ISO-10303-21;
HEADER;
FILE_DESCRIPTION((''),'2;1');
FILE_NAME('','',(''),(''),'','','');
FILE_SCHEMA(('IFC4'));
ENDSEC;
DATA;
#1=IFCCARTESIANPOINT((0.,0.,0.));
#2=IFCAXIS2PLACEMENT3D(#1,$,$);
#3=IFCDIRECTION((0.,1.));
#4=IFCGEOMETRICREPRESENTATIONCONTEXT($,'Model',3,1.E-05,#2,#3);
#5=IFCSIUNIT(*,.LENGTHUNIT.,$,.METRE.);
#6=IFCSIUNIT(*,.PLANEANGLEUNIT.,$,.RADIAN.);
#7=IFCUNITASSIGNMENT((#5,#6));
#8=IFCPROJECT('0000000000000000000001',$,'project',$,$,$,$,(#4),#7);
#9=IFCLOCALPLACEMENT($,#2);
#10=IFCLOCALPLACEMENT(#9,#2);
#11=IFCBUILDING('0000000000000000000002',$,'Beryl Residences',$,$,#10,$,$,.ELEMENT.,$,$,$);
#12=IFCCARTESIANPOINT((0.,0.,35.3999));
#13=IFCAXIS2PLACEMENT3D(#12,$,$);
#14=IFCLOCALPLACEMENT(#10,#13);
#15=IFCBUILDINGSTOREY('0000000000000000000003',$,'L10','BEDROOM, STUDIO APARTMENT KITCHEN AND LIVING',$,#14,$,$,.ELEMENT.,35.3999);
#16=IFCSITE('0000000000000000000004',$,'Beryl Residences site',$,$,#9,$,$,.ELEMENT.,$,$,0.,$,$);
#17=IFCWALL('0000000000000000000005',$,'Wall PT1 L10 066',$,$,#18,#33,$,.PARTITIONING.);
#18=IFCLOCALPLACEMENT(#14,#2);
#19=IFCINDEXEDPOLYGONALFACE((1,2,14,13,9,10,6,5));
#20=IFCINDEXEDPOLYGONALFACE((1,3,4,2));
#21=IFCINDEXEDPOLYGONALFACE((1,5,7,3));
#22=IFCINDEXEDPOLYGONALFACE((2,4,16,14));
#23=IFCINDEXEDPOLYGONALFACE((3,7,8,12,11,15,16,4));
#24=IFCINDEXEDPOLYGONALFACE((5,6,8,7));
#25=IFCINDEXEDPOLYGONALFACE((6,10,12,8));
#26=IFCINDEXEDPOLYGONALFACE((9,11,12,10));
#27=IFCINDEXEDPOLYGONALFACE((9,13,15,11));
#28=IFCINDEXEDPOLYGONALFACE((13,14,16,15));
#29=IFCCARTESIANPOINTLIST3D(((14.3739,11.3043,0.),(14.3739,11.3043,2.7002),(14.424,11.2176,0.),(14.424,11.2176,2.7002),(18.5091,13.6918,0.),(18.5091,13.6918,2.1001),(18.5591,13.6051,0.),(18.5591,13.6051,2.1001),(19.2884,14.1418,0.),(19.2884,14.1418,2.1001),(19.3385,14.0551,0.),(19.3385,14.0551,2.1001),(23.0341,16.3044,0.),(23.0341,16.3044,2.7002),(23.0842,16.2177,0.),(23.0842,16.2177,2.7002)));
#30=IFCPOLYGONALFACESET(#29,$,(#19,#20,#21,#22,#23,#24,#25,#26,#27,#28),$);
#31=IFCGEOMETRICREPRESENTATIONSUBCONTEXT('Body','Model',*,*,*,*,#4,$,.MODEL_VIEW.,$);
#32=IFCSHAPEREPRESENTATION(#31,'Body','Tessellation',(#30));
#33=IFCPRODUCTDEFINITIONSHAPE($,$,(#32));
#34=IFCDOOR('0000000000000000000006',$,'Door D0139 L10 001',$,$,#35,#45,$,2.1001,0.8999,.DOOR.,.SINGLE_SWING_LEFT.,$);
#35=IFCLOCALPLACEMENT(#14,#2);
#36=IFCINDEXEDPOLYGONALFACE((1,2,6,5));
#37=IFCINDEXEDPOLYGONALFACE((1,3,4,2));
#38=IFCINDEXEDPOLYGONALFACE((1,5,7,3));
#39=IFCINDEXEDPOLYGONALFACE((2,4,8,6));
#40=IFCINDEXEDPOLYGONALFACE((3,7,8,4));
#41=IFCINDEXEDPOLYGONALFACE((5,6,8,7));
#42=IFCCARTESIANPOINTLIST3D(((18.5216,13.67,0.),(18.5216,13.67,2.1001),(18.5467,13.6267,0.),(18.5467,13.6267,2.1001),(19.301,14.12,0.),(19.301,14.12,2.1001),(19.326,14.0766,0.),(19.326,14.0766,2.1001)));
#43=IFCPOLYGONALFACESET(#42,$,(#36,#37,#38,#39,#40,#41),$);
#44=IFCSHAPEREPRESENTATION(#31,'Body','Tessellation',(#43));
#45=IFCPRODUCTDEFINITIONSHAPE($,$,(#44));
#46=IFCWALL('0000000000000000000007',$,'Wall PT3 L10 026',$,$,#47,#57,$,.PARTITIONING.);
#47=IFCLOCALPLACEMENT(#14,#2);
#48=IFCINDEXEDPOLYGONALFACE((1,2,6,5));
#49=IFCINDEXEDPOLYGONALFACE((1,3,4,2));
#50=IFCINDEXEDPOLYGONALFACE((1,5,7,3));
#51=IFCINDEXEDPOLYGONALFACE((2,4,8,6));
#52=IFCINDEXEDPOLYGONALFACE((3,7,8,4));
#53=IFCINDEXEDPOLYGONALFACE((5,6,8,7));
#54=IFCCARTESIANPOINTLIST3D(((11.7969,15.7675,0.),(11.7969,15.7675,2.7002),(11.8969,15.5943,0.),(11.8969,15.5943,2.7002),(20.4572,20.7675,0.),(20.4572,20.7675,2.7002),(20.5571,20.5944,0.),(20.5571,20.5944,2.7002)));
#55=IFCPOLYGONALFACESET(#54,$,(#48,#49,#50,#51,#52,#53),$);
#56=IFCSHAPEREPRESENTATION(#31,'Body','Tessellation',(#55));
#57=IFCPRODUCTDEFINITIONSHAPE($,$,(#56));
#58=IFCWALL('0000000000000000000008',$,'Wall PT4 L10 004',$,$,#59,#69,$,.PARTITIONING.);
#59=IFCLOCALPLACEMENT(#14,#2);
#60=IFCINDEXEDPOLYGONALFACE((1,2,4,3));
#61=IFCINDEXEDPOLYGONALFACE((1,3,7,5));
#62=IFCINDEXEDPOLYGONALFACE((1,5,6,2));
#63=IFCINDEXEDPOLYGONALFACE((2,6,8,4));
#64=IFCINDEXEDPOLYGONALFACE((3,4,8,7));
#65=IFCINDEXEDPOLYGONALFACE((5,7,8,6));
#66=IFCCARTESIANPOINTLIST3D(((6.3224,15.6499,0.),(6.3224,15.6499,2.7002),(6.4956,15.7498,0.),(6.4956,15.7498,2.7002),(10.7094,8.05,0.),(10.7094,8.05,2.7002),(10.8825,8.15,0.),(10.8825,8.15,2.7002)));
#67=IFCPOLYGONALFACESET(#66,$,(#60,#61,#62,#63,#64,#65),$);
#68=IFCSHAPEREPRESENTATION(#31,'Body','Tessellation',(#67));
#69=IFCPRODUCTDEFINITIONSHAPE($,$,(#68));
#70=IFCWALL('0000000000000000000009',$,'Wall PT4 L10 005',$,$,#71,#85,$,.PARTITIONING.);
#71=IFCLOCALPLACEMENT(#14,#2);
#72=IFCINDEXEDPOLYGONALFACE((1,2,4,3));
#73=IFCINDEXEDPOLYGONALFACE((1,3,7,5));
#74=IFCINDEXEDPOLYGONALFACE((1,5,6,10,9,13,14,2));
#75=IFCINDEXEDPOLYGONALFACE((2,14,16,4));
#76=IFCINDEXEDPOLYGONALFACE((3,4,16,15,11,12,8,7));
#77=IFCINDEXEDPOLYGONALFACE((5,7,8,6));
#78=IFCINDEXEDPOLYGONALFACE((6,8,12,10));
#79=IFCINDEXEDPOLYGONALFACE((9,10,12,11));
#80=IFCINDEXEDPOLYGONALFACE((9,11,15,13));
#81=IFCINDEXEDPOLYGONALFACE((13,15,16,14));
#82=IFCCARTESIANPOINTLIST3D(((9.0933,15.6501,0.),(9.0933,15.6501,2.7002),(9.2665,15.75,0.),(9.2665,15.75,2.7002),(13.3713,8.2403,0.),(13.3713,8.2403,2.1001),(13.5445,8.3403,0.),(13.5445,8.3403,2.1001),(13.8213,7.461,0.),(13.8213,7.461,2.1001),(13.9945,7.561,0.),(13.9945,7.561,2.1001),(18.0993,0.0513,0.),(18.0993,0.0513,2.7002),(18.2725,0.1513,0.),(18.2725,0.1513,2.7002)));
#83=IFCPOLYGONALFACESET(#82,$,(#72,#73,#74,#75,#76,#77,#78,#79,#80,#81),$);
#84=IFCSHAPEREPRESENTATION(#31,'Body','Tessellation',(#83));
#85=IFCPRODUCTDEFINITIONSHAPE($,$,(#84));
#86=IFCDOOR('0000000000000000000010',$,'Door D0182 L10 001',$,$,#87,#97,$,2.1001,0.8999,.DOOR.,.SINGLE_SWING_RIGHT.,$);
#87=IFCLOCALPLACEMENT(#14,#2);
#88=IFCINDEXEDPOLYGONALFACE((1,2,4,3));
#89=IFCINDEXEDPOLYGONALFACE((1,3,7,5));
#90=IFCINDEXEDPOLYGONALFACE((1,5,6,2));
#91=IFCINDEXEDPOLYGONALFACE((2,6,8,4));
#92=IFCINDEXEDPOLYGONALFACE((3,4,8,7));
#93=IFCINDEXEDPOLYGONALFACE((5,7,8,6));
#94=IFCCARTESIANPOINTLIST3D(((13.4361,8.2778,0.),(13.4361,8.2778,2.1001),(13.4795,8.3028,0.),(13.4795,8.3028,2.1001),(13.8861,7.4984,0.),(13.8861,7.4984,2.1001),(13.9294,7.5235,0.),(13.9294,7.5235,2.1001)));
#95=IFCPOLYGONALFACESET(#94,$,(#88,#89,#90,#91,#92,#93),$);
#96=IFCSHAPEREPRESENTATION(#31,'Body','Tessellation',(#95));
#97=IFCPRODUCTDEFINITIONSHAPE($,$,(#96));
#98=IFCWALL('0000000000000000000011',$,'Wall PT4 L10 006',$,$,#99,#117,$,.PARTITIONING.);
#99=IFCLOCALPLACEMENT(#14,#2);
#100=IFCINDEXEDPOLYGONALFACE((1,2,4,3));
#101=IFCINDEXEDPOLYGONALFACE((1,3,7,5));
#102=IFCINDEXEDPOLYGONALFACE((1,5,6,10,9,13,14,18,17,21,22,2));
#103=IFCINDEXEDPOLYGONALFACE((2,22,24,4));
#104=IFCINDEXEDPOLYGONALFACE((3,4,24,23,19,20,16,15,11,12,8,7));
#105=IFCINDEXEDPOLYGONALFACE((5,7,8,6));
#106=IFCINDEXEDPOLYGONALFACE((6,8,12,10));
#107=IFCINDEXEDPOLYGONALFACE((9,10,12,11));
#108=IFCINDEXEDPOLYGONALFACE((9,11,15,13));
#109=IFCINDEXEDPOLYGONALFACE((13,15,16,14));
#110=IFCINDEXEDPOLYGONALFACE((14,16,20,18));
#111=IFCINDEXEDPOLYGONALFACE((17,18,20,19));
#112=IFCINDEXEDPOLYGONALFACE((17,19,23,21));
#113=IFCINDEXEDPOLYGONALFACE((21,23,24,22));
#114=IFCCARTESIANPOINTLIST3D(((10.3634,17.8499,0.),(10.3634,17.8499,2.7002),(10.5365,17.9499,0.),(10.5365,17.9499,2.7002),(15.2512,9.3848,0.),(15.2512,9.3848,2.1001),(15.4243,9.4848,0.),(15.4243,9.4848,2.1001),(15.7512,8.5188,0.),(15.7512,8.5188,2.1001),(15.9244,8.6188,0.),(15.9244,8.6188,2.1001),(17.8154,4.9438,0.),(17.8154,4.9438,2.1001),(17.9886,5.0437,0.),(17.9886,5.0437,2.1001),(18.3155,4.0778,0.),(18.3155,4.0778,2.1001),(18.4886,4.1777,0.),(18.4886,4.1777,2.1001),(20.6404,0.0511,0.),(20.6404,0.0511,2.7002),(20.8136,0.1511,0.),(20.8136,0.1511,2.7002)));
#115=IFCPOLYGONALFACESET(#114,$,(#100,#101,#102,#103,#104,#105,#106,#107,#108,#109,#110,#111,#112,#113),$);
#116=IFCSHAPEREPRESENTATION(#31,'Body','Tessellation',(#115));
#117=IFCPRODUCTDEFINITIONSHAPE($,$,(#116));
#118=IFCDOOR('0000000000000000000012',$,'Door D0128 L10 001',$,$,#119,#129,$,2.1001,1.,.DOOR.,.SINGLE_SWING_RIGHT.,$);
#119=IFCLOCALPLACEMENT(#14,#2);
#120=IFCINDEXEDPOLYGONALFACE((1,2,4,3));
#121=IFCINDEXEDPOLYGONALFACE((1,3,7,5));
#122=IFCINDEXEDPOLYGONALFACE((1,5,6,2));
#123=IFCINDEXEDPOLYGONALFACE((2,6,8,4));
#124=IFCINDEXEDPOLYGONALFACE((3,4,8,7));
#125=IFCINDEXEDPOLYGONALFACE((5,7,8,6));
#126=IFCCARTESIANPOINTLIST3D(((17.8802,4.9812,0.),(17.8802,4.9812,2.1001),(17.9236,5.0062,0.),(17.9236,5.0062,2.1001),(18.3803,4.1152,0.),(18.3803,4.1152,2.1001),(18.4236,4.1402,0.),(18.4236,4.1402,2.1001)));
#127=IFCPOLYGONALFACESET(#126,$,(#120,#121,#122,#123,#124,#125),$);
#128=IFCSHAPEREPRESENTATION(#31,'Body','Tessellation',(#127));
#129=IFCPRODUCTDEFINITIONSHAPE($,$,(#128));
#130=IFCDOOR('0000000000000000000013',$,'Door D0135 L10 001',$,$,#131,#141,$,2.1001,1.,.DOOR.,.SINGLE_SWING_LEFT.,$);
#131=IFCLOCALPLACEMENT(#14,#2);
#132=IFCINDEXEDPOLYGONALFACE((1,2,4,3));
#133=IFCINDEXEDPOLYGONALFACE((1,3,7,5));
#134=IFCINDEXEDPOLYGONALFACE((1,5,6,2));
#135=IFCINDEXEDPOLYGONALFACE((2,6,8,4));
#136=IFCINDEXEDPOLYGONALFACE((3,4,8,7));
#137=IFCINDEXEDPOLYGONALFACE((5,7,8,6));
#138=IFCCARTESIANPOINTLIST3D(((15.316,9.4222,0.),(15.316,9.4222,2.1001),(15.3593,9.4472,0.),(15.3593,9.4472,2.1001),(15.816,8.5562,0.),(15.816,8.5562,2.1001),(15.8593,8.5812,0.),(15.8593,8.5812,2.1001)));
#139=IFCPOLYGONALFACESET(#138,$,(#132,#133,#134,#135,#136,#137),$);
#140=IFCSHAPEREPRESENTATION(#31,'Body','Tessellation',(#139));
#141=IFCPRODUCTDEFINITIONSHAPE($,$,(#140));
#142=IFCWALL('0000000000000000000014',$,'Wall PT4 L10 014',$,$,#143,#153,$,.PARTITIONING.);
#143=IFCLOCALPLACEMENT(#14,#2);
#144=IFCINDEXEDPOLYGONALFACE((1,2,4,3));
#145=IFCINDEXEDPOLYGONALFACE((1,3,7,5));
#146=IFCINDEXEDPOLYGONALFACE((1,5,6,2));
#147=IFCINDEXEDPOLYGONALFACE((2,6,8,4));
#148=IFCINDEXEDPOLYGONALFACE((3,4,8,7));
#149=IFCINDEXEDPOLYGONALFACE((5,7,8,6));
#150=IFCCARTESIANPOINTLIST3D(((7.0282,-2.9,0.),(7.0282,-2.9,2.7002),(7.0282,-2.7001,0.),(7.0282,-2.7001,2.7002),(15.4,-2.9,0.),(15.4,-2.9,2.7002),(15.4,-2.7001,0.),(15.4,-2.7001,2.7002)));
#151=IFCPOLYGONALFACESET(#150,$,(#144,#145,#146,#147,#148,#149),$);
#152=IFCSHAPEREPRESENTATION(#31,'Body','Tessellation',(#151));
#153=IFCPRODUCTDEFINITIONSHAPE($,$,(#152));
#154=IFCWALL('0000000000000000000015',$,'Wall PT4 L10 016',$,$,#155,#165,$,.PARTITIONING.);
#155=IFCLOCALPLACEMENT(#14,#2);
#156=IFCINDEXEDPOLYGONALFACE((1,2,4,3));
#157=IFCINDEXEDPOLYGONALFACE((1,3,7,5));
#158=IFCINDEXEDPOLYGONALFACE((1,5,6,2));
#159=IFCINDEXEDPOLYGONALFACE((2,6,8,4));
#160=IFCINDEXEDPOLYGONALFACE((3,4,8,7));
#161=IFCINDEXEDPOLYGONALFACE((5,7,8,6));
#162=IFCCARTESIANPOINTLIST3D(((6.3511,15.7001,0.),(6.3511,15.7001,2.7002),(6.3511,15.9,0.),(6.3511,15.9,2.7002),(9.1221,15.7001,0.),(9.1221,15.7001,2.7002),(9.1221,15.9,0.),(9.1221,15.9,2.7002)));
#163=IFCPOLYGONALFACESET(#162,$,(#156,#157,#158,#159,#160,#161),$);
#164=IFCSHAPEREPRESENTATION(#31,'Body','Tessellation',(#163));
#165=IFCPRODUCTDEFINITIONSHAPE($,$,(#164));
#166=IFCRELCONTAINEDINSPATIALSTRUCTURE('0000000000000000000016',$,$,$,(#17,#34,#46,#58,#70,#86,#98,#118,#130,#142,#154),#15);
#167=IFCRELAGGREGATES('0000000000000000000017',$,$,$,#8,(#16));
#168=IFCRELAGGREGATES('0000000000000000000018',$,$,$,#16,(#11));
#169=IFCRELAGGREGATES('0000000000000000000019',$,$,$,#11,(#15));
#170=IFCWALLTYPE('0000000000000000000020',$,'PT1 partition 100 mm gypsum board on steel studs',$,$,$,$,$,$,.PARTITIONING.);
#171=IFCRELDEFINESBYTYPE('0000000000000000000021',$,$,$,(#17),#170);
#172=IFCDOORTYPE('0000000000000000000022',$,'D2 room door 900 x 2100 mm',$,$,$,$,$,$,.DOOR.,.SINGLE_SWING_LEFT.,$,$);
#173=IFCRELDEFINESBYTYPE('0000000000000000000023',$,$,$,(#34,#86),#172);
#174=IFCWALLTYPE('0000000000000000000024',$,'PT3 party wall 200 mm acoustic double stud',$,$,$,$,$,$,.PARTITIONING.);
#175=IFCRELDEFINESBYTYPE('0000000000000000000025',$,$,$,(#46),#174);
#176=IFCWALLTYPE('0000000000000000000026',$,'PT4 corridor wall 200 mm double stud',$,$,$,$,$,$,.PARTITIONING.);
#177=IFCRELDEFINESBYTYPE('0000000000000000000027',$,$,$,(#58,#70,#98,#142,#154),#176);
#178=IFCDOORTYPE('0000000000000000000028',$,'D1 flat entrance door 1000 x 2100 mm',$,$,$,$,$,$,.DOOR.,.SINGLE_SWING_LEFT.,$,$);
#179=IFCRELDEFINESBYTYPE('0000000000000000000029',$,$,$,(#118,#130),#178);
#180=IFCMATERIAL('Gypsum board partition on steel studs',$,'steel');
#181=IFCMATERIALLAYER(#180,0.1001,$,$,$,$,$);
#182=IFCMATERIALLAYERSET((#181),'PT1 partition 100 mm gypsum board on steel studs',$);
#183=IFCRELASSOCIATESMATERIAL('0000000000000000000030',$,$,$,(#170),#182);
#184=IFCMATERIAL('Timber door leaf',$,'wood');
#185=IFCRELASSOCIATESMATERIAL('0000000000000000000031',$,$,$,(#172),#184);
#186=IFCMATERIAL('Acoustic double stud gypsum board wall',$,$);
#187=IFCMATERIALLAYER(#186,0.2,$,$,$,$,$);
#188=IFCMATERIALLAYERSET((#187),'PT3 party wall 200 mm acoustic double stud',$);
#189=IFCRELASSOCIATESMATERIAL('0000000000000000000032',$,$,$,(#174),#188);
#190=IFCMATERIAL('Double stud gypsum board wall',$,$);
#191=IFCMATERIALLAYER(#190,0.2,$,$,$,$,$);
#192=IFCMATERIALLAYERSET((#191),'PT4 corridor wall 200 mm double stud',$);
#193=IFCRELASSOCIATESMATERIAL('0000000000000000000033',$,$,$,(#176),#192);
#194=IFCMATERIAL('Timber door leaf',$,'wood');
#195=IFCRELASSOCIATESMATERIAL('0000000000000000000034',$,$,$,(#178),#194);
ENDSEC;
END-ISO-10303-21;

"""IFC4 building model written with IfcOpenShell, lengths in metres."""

from ifc_helpers import new_model, si_unit, direction, frame, frame_2d, origin, place, context, subcontext, project, spatial, rectangle, extrude, material, layer, layer_set, type_object, element, fill, save


model = new_model("IFC4")

# Units and contexts
model_context = context("Model", 3, precision=1e-05, world=origin(), true_north=direction((0.0, 1.0)))
body_context = subcontext(model_context, "Body", "Model", "MODEL_VIEW")
ifc_project = project(units=[si_unit("LENGTHUNIT", "METRE"), si_unit("PLANEANGLEUNIT", "RADIAN")], contexts=[model_context])

# Site, building, storey
site_placement = place(None, origin())
site = spatial("IfcSite", under=ifc_project, at=site_placement, Name="Beryl Residences site", CompositionType="ELEMENT", RefElevation=0.0)
building_placement = place(site_placement, origin())
building = spatial("IfcBuilding", under=site, at=building_placement, Name="Beryl Residences", CompositionType="ELEMENT")
storey_placement = place(building_placement, frame((0.0, 0.0, 35.3999)))
storey = spatial("IfcBuildingStorey", under=building, at=storey_placement, Name="L10", Description="BEDROOM, STUDIO APARTMENT KITCHEN AND LIVING", CompositionType="ELEMENT", Elevation=35.3999)

# Wall, opening, door
ifc_material_1 = material(Name="Gypsum board partition on steel studs", Category="steel")
ifc_layer_1 = layer(ifc_material_1, 0.1001)
ifc_layer_set_1 = layer_set([ifc_layer_1], Name="PT1 partition 100 mm gypsum board on steel studs")
wall_type_1 = type_object("IfcWallType", Name="PT1 partition 100 mm gypsum board on steel studs", PredefinedType="PARTITIONING", material=ifc_layer_set_1)
wall_1_placement = place(storey_placement, frame((14.3989, 11.261, 0.0), z_axis=(0.0, 0.0, 1.0), x_axis=(0.866023, 0.500004, 0.0)))
wall_1 = element("IfcWall", 1, at=wall_1_placement, inside=storey, type_object=wall_type_1, Name="Wall PT1 L10 066", PredefinedType="PARTITIONING", context=body_context, shape_type="SweptSolid", body=[
    extrude(rectangle(XDim=10.0, YDim=0.1001, at=frame_2d((5.0, 0.0))), origin(), (0.0, 0.0, 1.0), 2.7002),
])
opening_1_placement = place(wall_1_placement, frame((4.7749, 0.0, 0.0)))
opening_1 = element("IfcOpeningElement", 2, at=opening_1_placement, cuts=wall_1, PredefinedType="OPENING", context=body_context, shape_type="SweptSolid", body=[
    extrude(rectangle(XDim=0.8999, YDim=2.1001, at=frame_2d((0.45, 1.05))), frame((0.0, 0.0601, 0.0), z_axis=(0.0, -1.0, 0.0), x_axis=(1.0, 0.0, 0.0)), (0.0, 0.0, 1.0), 0.1201),
])
ifc_material_2 = material(Name="Timber door leaf", Category="wood")
door_type_1 = type_object("IfcDoorType", Name="D2 room door 900 x 2100 mm", OperationType="SINGLE_SWING_LEFT", PredefinedType="DOOR", material=ifc_material_2)
door_1_placement = place(opening_1_placement, origin())
door_1 = element("IfcDoor", 3, at=door_1_placement, inside=storey, type_object=door_type_1, Name="Door D0139 L10 001", OperationType="SINGLE_SWING_LEFT", OverallHeight=2.1001, OverallWidth=0.8999, PredefinedType="DOOR", context=body_context, shape_type="SweptSolid", body=[
    extrude(rectangle(XDim=0.8999, YDim=2.1001, at=frame_2d((0.45, 1.05))), frame((0.0, 0.0249, 0.0), z_axis=(0.0, -1.0, 0.0), x_axis=(1.0, 0.0, 0.0)), (0.0, 0.0, 1.0), 0.05),
])
fill(opening_1, door_1)

# Walls
ifc_material_3 = material(Name="Acoustic double stud gypsum board wall")
ifc_layer_2 = layer(ifc_material_3, 0.2)
ifc_layer_set_2 = layer_set([ifc_layer_2], Name="PT3 party wall 200 mm acoustic double stud")
wall_type_2 = type_object("IfcWallType", Name="PT3 party wall 200 mm acoustic double stud", PredefinedType="PARTITIONING", material=ifc_layer_set_2)
wall_2_placement = place(storey_placement, frame((11.8469, 15.6809, 0.0), z_axis=(0.0, 0.0, 1.0), x_axis=(0.866023, 0.500004, 0.0)))
element("IfcWall", 4, at=wall_2_placement, inside=storey, type_object=wall_type_2, Name="Wall PT3 L10 026", PredefinedType="PARTITIONING", context=body_context, shape_type="SweptSolid", body=[
    extrude(rectangle(XDim=10.0, YDim=0.2, at=frame_2d((5.0, 0.0))), origin(), (0.0, 0.0, 1.0), 2.7002),
])
ifc_material_4 = material(Name="Double stud gypsum board wall")
ifc_layer_3 = layer(ifc_material_4, 0.2)
ifc_layer_set_3 = layer_set([ifc_layer_3], Name="PT4 corridor wall 200 mm double stud")
wall_type_3 = type_object("IfcWallType", Name="PT4 corridor wall 200 mm double stud", PredefinedType="PARTITIONING", material=ifc_layer_set_3)
wall_3_placement = place(storey_placement, frame((6.4089, 15.7, 0.0), z_axis=(0.0, 0.0, 1.0), x_axis=(0.49993, -0.866066, 0.0)))
element("IfcWall", 5, at=wall_3_placement, inside=storey, type_object=wall_type_3, Name="Wall PT4 L10 004", PredefinedType="PARTITIONING", context=body_context, shape_type="SweptSolid", body=[
    extrude(rectangle(XDim=8.7751, YDim=0.2, at=frame_2d((4.3877, 0.0))), origin(), (0.0, 0.0, 1.0), 2.7002),
])

# Wall, opening, door
wall_4_placement = place(storey_placement, frame((9.1799, 15.7, 0.0), z_axis=(0.0, 0.0, 1.0), x_axis=(0.500004, -0.866023, 0.0)))
wall_4 = element("IfcWall", 6, at=wall_4_placement, inside=storey, type_object=wall_type_3, Name="Wall PT4 L10 005", PredefinedType="PARTITIONING", context=body_context, shape_type="SweptSolid", body=[
    extrude(rectangle(XDim=18.012, YDim=0.2, at=frame_2d((9.0059, 0.0))), origin(), (0.0, 0.0, 1.0), 2.7002),
])
opening_2_placement = place(wall_4_placement, frame((8.5559, 0.0, 0.0)))
opening_2 = element("IfcOpeningElement", 7, at=opening_2_placement, cuts=wall_4, PredefinedType="OPENING", context=body_context, shape_type="SweptSolid", body=[
    extrude(rectangle(XDim=0.8999, YDim=2.1001, at=frame_2d((0.45, 1.05))), frame((0.0, 0.1099, 0.0), z_axis=(0.0, -1.0, 0.0), x_axis=(1.0, 0.0, 0.0)), (0.0, 0.0, 1.0), 0.22),
])
door_2_placement = place(opening_2_placement, origin())
door_2 = element("IfcDoor", 8, at=door_2_placement, inside=storey, type_object=door_type_1, Name="Door D0182 L10 001", OperationType="SINGLE_SWING_RIGHT", OverallHeight=2.1001, OverallWidth=0.8999, PredefinedType="DOOR", context=body_context, shape_type="SweptSolid", body=[
    extrude(rectangle(XDim=0.8999, YDim=2.1001, at=frame_2d((0.45, 1.05))), frame((0.0, 0.0249, 0.0), z_axis=(0.0, -1.0, 0.0), x_axis=(1.0, 0.0, 0.0)), (0.0, 0.0, 1.0), 0.05),
])
fill(opening_2, door_2)

# Wall, openings, doors
wall_5_placement = place(storey_placement, frame((10.45, 17.8999, 0.0), z_axis=(0.0, 0.0, 1.0), x_axis=(0.500034, -0.866006, 0.0)))
wall_5 = element("IfcWall", 9, at=wall_5_placement, inside=storey, type_object=wall_type_3, Name="Wall PT4 L10 006", PredefinedType="PARTITIONING", context=body_context, shape_type="SweptSolid", body=[
    extrude(rectangle(XDim=20.5527, YDim=0.2, at=frame_2d((10.2764, 0.0))), origin(), (0.0, 0.0, 1.0), 2.7002),
])
opening_3_placement = place(wall_5_placement, frame((14.9031, 0.0, 0.0)))
opening_3 = element("IfcOpeningElement", 10, at=opening_3_placement, cuts=wall_5, PredefinedType="OPENING", context=body_context, shape_type="SweptSolid", body=[
    extrude(rectangle(XDim=1.0, YDim=2.1001, at=frame_2d((0.5, 1.05))), frame((0.0, 0.1099, 0.0), z_axis=(0.0, -1.0, 0.0), x_axis=(1.0, 0.0, 0.0)), (0.0, 0.0, 1.0), 0.22),
])
opening_4_placement = place(wall_5_placement, frame((9.7749, 0.0, 0.0)))
opening_4 = element("IfcOpeningElement", 11, at=opening_4_placement, cuts=wall_5, PredefinedType="OPENING", context=body_context, shape_type="SweptSolid", body=[
    extrude(rectangle(XDim=1.0, YDim=2.1001, at=frame_2d((0.5, 1.05))), frame((0.0, 0.1099, 0.0), z_axis=(0.0, -1.0, 0.0), x_axis=(1.0, 0.0, 0.0)), (0.0, 0.0, 1.0), 0.22),
])
ifc_material_5 = material(Name="Timber door leaf", Category="wood")
door_type_2 = type_object("IfcDoorType", Name="D1 flat entrance door 1000 x 2100 mm", OperationType="SINGLE_SWING_LEFT", PredefinedType="DOOR", material=ifc_material_5)
door_3_placement = place(opening_3_placement, origin())
door_3 = element("IfcDoor", 12, at=door_3_placement, inside=storey, type_object=door_type_2, Name="Door D0128 L10 001", OperationType="SINGLE_SWING_RIGHT", OverallHeight=2.1001, OverallWidth=1.0, PredefinedType="DOOR", context=body_context, shape_type="SweptSolid", body=[
    extrude(rectangle(XDim=1.0, YDim=2.1001, at=frame_2d((0.5, 1.05))), frame((0.0, 0.0249, 0.0), z_axis=(0.0, -1.0, 0.0), x_axis=(1.0, 0.0, 0.0)), (0.0, 0.0, 1.0), 0.05),
])
fill(opening_3, door_3)
door_4_placement = place(opening_4_placement, origin())
door_4 = element("IfcDoor", 13, at=door_4_placement, inside=storey, type_object=door_type_2, Name="Door D0135 L10 001", OperationType="SINGLE_SWING_LEFT", OverallHeight=2.1001, OverallWidth=1.0, PredefinedType="DOOR", context=body_context, shape_type="SweptSolid", body=[
    extrude(rectangle(XDim=1.0, YDim=2.1001, at=frame_2d((0.5, 1.05))), frame((0.0, 0.0249, 0.0), z_axis=(0.0, -1.0, 0.0), x_axis=(1.0, 0.0, 0.0)), (0.0, 0.0, 1.0), 0.05),
])
fill(opening_4, door_4)

# Walls
wall_6_placement = place(storey_placement, frame((7.0281, -2.8, 0.0), z_axis=(0.0, 0.0, 1.0), x_axis=(1.0, 0.0, 0.0)))
element("IfcWall", 14, at=wall_6_placement, inside=storey, type_object=wall_type_3, Name="Wall PT4 L10 014", PredefinedType="PARTITIONING", context=body_context, shape_type="SweptSolid", body=[
    extrude(rectangle(XDim=8.3718, YDim=0.2, at=frame_2d((4.186, 0.0))), origin(), (0.0, 0.0, 1.0), 2.7002),
])
wall_7_placement = place(storey_placement, frame((6.3511, 15.8, 0.0), z_axis=(0.0, 0.0, 1.0), x_axis=(1.0, 0.0, 0.0)))
element("IfcWall", 15, at=wall_7_placement, inside=storey, type_object=wall_type_3, Name="Wall PT4 L10 016", PredefinedType="PARTITIONING", context=body_context, shape_type="SweptSolid", body=[
    extrude(rectangle(XDim=2.771, YDim=0.2, at=frame_2d((1.3855, 0.0))), origin(), (0.0, 0.0, 1.0), 2.7002),
])

save(model, "model.ifc")
